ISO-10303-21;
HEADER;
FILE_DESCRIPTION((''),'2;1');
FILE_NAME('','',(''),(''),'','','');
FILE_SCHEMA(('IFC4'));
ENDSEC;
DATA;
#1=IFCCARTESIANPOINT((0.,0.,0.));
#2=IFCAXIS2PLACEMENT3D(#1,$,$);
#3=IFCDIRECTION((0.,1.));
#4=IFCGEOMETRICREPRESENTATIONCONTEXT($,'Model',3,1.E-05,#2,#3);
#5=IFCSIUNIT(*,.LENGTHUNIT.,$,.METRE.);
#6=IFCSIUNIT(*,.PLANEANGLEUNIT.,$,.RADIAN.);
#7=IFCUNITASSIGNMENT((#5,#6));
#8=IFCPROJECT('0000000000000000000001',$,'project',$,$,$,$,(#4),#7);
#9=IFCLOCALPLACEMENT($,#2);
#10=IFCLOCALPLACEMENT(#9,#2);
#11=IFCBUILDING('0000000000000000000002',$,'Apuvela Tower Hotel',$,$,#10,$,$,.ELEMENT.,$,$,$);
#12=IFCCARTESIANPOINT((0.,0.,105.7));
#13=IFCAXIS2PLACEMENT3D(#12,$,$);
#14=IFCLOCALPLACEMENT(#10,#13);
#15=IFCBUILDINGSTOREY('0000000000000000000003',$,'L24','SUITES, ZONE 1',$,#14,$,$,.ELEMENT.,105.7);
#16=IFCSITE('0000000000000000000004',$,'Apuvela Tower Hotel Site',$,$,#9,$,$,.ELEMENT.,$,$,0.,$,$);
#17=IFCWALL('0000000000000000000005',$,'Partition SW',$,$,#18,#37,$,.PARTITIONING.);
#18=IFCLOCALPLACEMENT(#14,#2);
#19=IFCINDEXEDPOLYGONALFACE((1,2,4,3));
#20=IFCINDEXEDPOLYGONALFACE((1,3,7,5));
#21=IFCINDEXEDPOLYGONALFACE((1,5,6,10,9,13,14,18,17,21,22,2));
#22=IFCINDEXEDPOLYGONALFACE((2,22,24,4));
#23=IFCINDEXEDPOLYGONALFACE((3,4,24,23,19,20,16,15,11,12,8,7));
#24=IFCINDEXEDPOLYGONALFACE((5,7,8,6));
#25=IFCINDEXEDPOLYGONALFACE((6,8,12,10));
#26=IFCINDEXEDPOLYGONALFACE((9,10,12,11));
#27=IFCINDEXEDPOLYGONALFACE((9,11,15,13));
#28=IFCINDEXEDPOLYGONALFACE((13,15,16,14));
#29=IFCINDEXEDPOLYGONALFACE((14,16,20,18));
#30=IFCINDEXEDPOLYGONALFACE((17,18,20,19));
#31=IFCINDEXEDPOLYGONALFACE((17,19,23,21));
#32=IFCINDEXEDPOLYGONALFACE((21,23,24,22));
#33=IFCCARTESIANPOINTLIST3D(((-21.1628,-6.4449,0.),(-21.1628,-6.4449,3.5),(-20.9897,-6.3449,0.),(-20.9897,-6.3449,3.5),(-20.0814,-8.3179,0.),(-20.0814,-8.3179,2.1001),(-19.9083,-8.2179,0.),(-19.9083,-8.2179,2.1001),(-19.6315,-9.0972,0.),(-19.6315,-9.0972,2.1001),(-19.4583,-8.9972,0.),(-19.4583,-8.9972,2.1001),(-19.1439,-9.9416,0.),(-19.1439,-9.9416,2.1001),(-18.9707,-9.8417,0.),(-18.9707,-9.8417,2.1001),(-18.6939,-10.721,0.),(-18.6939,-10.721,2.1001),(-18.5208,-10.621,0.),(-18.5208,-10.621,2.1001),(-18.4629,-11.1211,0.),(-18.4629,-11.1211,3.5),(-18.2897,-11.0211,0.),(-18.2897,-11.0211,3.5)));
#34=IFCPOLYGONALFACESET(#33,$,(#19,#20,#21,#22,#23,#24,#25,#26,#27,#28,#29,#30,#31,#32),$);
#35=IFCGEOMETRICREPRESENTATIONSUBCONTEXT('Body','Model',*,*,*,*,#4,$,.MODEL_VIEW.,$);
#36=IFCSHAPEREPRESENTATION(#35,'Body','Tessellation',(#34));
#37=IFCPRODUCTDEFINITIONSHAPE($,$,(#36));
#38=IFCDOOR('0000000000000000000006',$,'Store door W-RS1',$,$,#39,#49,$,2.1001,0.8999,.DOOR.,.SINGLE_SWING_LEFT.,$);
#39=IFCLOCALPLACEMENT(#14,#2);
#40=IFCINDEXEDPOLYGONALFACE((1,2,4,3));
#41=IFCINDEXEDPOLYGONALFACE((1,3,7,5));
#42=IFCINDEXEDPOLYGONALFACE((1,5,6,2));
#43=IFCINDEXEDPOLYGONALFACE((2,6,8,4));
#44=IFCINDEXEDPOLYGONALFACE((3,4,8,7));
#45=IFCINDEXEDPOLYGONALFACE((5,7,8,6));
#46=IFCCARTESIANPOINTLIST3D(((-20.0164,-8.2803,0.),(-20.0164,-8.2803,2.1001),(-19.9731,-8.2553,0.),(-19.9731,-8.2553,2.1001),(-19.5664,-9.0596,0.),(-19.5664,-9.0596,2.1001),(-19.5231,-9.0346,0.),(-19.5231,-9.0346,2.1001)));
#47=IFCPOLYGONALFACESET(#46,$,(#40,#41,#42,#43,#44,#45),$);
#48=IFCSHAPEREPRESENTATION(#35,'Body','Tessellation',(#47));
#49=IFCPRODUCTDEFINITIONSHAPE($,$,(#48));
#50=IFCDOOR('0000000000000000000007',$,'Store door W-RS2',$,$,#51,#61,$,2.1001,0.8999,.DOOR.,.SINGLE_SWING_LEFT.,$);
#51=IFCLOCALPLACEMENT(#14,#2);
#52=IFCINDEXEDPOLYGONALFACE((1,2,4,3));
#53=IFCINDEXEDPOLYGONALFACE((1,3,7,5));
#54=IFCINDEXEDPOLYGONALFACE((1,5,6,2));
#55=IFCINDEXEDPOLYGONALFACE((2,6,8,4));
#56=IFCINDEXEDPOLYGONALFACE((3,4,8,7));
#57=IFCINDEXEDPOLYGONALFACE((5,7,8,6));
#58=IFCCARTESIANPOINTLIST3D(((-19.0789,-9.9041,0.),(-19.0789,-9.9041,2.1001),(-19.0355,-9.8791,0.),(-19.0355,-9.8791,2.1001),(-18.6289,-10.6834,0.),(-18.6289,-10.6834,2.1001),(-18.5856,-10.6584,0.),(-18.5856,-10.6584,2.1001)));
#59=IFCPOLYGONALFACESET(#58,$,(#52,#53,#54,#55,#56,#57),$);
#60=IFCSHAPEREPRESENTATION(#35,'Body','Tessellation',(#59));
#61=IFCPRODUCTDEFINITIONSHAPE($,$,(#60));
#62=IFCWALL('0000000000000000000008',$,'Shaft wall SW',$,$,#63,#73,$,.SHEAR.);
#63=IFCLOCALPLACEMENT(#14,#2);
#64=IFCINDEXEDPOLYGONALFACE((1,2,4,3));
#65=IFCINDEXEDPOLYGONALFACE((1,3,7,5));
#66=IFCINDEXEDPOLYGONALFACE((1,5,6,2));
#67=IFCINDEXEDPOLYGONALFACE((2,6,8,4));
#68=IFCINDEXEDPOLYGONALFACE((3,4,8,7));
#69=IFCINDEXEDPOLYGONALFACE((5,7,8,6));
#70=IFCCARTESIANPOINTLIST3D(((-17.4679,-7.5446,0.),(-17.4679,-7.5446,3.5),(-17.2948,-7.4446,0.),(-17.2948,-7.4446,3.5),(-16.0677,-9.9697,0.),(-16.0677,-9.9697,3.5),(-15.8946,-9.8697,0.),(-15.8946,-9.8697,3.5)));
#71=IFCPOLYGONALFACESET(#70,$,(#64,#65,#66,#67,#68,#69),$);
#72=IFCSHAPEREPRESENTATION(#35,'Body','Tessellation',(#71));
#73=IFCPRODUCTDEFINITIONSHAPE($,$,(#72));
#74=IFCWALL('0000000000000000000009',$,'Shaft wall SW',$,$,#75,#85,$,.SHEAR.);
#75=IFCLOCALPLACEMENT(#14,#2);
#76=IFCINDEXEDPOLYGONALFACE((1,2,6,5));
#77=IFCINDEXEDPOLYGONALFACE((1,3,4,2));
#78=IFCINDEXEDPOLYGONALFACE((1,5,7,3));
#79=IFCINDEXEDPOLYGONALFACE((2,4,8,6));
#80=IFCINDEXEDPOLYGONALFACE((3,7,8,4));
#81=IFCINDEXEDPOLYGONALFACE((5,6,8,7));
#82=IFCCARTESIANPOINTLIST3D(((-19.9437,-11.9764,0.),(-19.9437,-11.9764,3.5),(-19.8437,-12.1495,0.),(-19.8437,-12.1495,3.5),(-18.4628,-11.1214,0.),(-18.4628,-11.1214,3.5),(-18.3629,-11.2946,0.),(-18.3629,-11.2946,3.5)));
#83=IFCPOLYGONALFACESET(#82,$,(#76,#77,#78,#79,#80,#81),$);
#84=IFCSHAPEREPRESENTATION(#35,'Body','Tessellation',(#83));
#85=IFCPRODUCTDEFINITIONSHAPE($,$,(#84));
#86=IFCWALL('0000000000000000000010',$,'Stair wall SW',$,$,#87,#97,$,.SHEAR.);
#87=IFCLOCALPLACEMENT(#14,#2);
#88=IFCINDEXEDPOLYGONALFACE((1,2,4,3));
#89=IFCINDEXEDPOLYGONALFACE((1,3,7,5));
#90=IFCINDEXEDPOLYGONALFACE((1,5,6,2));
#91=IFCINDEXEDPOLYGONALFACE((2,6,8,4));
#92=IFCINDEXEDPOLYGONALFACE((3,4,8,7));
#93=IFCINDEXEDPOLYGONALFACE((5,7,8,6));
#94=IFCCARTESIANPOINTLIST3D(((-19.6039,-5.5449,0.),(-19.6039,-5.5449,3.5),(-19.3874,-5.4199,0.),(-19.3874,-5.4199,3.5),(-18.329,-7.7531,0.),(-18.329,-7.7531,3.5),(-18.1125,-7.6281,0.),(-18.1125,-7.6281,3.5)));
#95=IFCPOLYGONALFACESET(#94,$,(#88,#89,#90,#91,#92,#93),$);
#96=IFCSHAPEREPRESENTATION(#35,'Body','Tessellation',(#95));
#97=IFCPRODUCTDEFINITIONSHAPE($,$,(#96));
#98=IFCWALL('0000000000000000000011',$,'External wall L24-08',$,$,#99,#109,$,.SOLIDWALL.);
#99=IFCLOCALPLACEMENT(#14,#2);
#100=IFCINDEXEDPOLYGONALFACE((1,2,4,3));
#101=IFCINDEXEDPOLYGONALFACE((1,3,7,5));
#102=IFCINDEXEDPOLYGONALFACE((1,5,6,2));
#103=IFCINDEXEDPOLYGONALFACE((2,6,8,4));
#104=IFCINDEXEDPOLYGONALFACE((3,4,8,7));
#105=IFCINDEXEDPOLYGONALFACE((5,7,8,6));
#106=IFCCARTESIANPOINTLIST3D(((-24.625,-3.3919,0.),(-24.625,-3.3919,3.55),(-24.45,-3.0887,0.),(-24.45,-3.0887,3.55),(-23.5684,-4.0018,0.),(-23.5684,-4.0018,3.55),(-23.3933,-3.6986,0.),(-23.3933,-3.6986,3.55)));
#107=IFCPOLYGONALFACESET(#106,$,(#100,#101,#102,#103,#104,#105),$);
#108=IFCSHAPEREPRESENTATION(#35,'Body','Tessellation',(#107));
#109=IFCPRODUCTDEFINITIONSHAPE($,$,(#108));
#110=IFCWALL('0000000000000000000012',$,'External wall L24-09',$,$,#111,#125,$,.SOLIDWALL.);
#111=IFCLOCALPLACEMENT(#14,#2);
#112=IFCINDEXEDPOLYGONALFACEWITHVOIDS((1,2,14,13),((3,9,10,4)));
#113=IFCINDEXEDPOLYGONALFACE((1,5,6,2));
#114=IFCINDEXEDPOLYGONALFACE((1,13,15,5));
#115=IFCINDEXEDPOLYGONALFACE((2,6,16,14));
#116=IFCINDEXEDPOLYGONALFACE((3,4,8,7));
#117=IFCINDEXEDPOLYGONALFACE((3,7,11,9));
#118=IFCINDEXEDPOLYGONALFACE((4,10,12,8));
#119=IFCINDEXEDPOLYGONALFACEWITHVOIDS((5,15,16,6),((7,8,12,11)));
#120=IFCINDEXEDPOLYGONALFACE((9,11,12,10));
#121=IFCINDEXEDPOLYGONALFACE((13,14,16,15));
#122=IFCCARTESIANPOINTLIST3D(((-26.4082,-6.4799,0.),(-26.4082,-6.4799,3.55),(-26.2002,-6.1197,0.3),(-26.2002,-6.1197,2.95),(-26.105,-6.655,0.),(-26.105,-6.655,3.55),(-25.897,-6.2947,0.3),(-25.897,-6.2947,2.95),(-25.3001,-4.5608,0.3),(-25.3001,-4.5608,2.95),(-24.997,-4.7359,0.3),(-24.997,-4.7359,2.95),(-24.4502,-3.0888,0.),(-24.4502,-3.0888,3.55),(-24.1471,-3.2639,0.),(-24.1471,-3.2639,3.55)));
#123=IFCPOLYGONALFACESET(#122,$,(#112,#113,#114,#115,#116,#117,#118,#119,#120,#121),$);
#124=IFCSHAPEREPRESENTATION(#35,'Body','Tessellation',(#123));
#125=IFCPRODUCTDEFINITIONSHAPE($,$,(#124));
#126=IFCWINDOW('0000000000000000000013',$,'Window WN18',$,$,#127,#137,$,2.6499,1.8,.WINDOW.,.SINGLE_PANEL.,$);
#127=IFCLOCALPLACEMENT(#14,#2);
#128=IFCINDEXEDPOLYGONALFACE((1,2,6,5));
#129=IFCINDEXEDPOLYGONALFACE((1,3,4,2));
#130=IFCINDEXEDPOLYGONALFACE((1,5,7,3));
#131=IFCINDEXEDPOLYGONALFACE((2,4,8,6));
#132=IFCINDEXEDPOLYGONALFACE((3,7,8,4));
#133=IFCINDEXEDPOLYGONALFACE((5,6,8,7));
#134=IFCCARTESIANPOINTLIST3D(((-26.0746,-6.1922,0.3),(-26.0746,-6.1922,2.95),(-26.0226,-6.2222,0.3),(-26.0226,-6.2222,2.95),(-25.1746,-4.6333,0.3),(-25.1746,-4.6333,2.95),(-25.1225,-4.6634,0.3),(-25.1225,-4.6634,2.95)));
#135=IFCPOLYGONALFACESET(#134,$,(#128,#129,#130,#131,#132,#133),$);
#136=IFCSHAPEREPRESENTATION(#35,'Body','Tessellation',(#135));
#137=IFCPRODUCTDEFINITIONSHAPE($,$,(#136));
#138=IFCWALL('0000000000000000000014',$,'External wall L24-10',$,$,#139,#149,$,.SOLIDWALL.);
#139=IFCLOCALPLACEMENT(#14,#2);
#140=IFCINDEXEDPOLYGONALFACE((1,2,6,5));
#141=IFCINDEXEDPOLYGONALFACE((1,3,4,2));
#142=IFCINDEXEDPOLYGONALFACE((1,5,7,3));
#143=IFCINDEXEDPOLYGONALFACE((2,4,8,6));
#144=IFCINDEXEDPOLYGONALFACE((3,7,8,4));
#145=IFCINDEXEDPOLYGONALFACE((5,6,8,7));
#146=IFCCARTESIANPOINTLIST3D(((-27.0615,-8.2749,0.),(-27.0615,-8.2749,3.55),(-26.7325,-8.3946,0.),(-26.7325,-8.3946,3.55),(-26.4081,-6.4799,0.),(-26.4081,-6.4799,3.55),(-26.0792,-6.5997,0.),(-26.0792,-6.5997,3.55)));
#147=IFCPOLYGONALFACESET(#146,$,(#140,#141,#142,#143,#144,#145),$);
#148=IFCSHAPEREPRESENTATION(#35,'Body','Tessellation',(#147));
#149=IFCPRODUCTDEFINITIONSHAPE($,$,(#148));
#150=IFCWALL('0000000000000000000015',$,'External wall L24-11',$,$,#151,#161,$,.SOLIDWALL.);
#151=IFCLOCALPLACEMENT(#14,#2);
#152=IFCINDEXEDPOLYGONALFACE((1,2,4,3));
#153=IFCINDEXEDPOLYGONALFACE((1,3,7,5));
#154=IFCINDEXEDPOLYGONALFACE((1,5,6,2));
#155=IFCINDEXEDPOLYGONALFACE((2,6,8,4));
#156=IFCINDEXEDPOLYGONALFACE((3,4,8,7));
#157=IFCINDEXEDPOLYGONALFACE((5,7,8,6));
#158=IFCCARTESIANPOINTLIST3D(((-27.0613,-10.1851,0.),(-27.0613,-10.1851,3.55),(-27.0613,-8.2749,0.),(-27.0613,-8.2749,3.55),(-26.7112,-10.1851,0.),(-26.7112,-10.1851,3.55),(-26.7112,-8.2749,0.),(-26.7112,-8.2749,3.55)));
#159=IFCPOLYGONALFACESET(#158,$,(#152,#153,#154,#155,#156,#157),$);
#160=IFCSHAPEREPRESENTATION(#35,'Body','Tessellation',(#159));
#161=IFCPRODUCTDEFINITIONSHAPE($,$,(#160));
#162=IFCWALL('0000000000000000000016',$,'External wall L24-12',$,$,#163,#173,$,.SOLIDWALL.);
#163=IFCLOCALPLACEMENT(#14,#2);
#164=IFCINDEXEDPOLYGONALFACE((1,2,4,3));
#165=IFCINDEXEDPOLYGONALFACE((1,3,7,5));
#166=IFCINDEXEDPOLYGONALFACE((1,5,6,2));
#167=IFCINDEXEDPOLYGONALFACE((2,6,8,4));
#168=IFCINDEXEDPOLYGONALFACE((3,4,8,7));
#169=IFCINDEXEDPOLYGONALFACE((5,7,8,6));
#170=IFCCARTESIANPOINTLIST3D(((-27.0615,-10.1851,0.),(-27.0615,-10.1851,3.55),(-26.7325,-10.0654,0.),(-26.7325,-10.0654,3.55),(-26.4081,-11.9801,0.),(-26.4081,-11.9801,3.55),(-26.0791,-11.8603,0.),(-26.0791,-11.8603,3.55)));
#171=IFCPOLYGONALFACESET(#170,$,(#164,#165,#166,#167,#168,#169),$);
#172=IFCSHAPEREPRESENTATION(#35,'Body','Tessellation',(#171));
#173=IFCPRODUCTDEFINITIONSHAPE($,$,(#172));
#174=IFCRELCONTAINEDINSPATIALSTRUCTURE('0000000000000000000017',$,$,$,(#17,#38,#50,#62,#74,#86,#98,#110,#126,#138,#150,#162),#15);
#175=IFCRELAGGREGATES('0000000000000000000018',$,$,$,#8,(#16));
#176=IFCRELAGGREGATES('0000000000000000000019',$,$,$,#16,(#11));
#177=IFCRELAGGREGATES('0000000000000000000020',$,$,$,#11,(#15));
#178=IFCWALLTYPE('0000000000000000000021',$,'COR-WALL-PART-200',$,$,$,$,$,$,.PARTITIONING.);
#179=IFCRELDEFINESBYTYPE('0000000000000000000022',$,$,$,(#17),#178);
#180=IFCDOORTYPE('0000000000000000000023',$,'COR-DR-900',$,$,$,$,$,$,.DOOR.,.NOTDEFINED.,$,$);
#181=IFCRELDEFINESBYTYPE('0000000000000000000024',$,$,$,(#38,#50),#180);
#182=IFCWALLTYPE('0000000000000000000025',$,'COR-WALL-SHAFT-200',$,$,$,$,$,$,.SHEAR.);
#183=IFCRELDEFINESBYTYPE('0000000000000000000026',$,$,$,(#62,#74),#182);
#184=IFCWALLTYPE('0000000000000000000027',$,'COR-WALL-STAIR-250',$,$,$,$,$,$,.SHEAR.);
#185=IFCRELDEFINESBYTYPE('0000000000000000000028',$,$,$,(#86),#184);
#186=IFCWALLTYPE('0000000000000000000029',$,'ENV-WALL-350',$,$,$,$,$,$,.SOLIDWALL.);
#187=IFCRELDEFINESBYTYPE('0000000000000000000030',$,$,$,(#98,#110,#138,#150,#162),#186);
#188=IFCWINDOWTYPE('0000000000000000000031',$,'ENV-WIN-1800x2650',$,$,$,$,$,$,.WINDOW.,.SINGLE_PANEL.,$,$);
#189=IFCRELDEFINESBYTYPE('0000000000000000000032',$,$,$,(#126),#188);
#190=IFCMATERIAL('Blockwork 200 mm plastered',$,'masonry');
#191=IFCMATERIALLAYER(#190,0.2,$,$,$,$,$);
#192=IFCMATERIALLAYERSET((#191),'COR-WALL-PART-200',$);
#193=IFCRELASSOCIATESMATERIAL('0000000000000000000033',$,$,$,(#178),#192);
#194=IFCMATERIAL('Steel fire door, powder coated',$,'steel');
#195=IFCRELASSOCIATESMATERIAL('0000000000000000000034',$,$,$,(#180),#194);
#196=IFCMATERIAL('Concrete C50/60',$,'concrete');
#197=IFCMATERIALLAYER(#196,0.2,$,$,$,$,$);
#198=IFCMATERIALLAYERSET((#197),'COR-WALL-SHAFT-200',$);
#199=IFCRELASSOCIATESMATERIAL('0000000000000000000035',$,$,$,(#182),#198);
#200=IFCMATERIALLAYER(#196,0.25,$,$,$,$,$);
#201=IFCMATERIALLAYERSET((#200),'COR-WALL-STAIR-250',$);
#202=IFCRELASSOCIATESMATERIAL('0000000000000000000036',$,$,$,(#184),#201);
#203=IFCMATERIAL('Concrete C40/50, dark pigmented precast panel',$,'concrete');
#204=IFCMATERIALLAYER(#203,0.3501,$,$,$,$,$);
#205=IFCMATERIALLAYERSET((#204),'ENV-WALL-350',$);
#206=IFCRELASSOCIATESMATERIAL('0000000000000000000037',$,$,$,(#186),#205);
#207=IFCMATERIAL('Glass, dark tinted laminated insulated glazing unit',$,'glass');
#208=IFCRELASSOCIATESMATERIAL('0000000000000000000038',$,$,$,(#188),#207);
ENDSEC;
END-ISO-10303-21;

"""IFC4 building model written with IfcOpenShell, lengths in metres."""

from ifc_helpers import new_model, si_unit, direction, frame, frame_2d, origin, place, context, subcontext, project, spatial, rectangle, extrude, material, layer, layer_set, type_object, element, fill, save


model = new_model("IFC4")

# Units and contexts
model_context = context("Model", 3, precision=1e-05, world=origin(), true_north=direction((0.0, 1.0)))
body_context = subcontext(model_context, "Body", "Model", "MODEL_VIEW")
ifc_project = project(units=[si_unit("LENGTHUNIT", "METRE"), si_unit("PLANEANGLEUNIT", "RADIAN")], contexts=[model_context])

# Site, building, storey
site_placement = place(None, origin())
site = spatial("IfcSite", under=ifc_project, at=site_placement, Name="Apuvela Tower Hotel Site", CompositionType="ELEMENT", RefElevation=0.0)
building_placement = place(site_placement, origin())
building = spatial("IfcBuilding", under=site, at=building_placement, Name="Apuvela Tower Hotel", CompositionType="ELEMENT")
storey_placement = place(building_placement, frame((0.0, 0.0, 105.7)))
storey = spatial("IfcBuildingStorey", under=building, at=storey_placement, Name="L24", Description="SUITES, ZONE 1", CompositionType="ELEMENT", Elevation=105.7)

# Wall, openings, doors
ifc_material_1 = material(Name="Blockwork 200 mm plastered", Category="masonry")
ifc_layer_1 = layer(ifc_material_1, 0.2)
ifc_layer_set_1 = layer_set([ifc_layer_1], Name="COR-WALL-PART-200")
wall_type_1 = type_object("IfcWallType", Name="COR-WALL-PART-200", PredefinedType="PARTITIONING", material=ifc_layer_set_1)
wall_1_placement = place(storey_placement, frame((-21.0762, -6.395, 0.0), z_axis=(0.0, 0.0, 1.0), x_axis=(0.500015, -0.866017, 0.0)))
wall_1 = element("IfcWall", 1, at=wall_1_placement, inside=storey, type_object=wall_type_1, Name="Partition SW", PredefinedType="PARTITIONING", context=body_context, shape_type="SweptSolid", body=[
    extrude(rectangle(XDim=5.3997, YDim=0.2, at=frame_2d((2.6997, 0.0))), origin(), (0.0, 0.0, 1.0), 3.5),
])
opening_1_placement = place(wall_1_placement, frame((2.1626, 0.0, 0.0)))
opening_1 = element("IfcOpeningElement", 2, at=opening_1_placement, cuts=wall_1, PredefinedType="OPENING", context=body_context, shape_type="SweptSolid", body=[
    extrude(rectangle(XDim=0.8999, YDim=2.1001, at=frame_2d((0.45, 1.05))), frame((0.0, 0.1099, 0.0), z_axis=(0.0, -1.0, 0.0), x_axis=(1.0, 0.0, 0.0)), (0.0, 0.0, 1.0), 0.22),
])
opening_2_placement = place(wall_1_placement, frame((4.0376, 0.0, 0.0)))
opening_2 = element("IfcOpeningElement", 3, at=opening_2_placement, cuts=wall_1, PredefinedType="OPENING", context=body_context, shape_type="SweptSolid", body=[
    extrude(rectangle(XDim=0.8999, YDim=2.1001, at=frame_2d((0.45, 1.05))), frame((0.0, 0.1099, 0.0), z_axis=(0.0, -1.0, 0.0), x_axis=(1.0, 0.0, 0.0)), (0.0, 0.0, 1.0), 0.22),
])
ifc_material_2 = material(Name="Steel fire door, powder coated", Category="steel")
door_type_1 = type_object("IfcDoorType", Name="COR-DR-900", OperationType="NOTDEFINED", PredefinedType="DOOR", material=ifc_material_2)
door_1_placement = place(opening_1_placement, frame((0.8999, 0.0, 0.0), z_axis=(0.0, 0.0, 1.0), x_axis=(-1.0, 0.0, 0.0)))
door_1 = element("IfcDoor", 4, at=door_1_placement, inside=storey, type_object=door_type_1, Name="Store door W-RS1", OperationType="SINGLE_SWING_LEFT", OverallHeight=2.1001, OverallWidth=0.8999, PredefinedType="DOOR", context=body_context, shape_type="SweptSolid", body=[
    extrude(rectangle(XDim=0.8999, YDim=2.1001, at=frame_2d((0.45, 1.05))), frame((0.0, 0.0249, 0.0), z_axis=(0.0, -1.0, 0.0), x_axis=(1.0, 0.0, 0.0)), (0.0, 0.0, 1.0), 0.05),
])
fill(opening_1, door_1)
door_2_placement = place(opening_2_placement, frame((0.8999, 0.0, 0.0), z_axis=(0.0, 0.0, 1.0), x_axis=(-1.0, 0.0, 0.0)))
door_2 = element("IfcDoor", 5, at=door_2_placement, inside=storey, type_object=door_type_1, Name="Store door W-RS2", OperationType="SINGLE_SWING_LEFT", OverallHeight=2.1001, OverallWidth=0.8999, PredefinedType="DOOR", context=body_context, shape_type="SweptSolid", body=[
    extrude(rectangle(XDim=0.8999, YDim=2.1001, at=frame_2d((0.45, 1.05))), frame((0.0, 0.0249, 0.0), z_axis=(0.0, -1.0, 0.0), x_axis=(1.0, 0.0, 0.0)), (0.0, 0.0, 1.0), 0.05),
])
fill(opening_2, door_2)

# Walls
ifc_material_3 = material(Name="Concrete C50/60", Category="concrete")
ifc_layer_2 = layer(ifc_material_3, 0.2)
ifc_layer_set_2 = layer_set([ifc_layer_2], Name="COR-WALL-SHAFT-200")
wall_type_2 = type_object("IfcWallType", Name="COR-WALL-SHAFT-200", PredefinedType="SHEAR", material=ifc_layer_set_2)
wall_2_placement = place(storey_placement, frame((-17.3813, -7.4946, 0.0), z_axis=(0.0, 0.0, 1.0), x_axis=(0.500012, -0.866019, 0.0)))
element("IfcWall", 6, at=wall_2_placement, inside=storey, type_object=wall_type_2, Name="Shaft wall SW", PredefinedType="SHEAR", context=body_context, shape_type="SweptSolid", body=[
    extrude(rectangle(XDim=2.8003, YDim=0.2, at=frame_2d((1.4001, 0.0))), origin(), (0.0, 0.0, 1.0), 3.5),
])
wall_3_placement = place(storey_placement, frame((-18.4128, -11.208, 0.0), z_axis=(0.0, 0.0, 1.0), x_axis=(-0.866038, -0.499978, 0.0)))
element("IfcWall", 7, at=wall_3_placement, inside=storey, type_object=wall_type_2, Name="Shaft wall SW", PredefinedType="SHEAR", context=body_context, shape_type="SweptSolid", body=[
    extrude(rectangle(XDim=1.71, YDim=0.2, at=frame_2d((0.855, 0.0))), origin(), (0.0, 0.0, 1.0), 3.5),
])
ifc_layer_3 = layer(ifc_material_3, 0.25)
ifc_layer_set_3 = layer_set([ifc_layer_3], Name="COR-WALL-STAIR-250")
wall_type_3 = type_object("IfcWallType", Name="COR-WALL-STAIR-250", PredefinedType="SHEAR", material=ifc_layer_set_3)
wall_4_placement = place(storey_placement, frame((-19.4956, -5.4824, 0.0), z_axis=(0.0, 0.0, 1.0), x_axis=(0.49999, -0.866031, 0.0)))
element("IfcWall", 8, at=wall_4_placement, inside=storey, type_object=wall_type_3, Name="Stair wall SW", PredefinedType="SHEAR", context=body_context, shape_type="SweptSolid", body=[
    extrude(rectangle(XDim=2.5498, YDim=0.25, at=frame_2d((1.2749, 0.0))), origin(), (0.0, 0.0, 1.0), 3.5),
])
ifc_material_4 = material(Name="Concrete C40/50, dark pigmented precast panel", Category="concrete")
ifc_layer_4 = layer(ifc_material_4, 0.3501)
ifc_layer_set_4 = layer_set([ifc_layer_4], Name="ENV-WALL-350")
wall_type_4 = type_object("IfcWallType", Name="ENV-WALL-350", PredefinedType="SOLIDWALL", material=ifc_layer_set_4)
wall_5_placement = place(storey_placement, frame((-23.481, -3.8501, 0.0), z_axis=(0.0, 0.0, 1.0), x_axis=(-0.866092, 0.499884, 0.0)))
element("IfcWall", 9, at=wall_5_placement, inside=storey, type_object=wall_type_4, Name="External wall L24-08", PredefinedType="SOLIDWALL", context=body_context, shape_type="SweptSolid", body=[
    extrude(rectangle(XDim=1.22, YDim=0.3501, at=frame_2d((0.6099, 0.0))), origin(), (0.0, 0.0, 1.0), 3.55),
])

# Wall, opening, window
wall_6_placement = place(storey_placement, frame((-24.2986, -3.1763, 0.0), z_axis=(0.0, 0.0, 1.0), x_axis=(-0.500028, -0.866009, 0.0)))
wall_6 = element("IfcWall", 10, at=wall_6_placement, inside=storey, type_object=wall_type_4, Name="External wall L24-09", PredefinedType="SOLIDWALL", context=body_context, shape_type="SweptSolid", body=[
    extrude(rectangle(XDim=3.9158, YDim=0.3501, at=frame_2d((1.958, 0.0))), origin(), (0.0, 0.0, 1.0), 3.55),
])
opening_3_placement = place(wall_6_placement, frame((1.7, 0.0, 0.3)))
opening_3 = element("IfcOpeningElement", 11, at=opening_3_placement, cuts=wall_6, PredefinedType="OPENING", context=body_context, shape_type="SweptSolid", body=[
    extrude(rectangle(XDim=1.8, YDim=2.6499, at=frame_2d((0.8999, 1.325))), frame((0.0, 0.1851, 0.0), z_axis=(0.0, -1.0, 0.0), x_axis=(1.0, 0.0, 0.0)), (0.0, 0.0, 1.0), 0.3701),
])
ifc_material_5 = material(Name="Glass, dark tinted laminated insulated glazing unit", Category="glass")
window_type = type_object("IfcWindowType", Name="ENV-WIN-1800x2650", PartitioningType="SINGLE_PANEL", PredefinedType="WINDOW", material=ifc_material_5)
window_placement = place(opening_3_placement, origin())
window = element("IfcWindow", 12, at=window_placement, inside=storey, type_object=window_type, Name="Window WN18", OverallHeight=2.6499, OverallWidth=1.8, PartitioningType="SINGLE_PANEL", PredefinedType="WINDOW", context=body_context, shape_type="SweptSolid", body=[
    extrude(rectangle(XDim=1.8, YDim=2.6499, at=frame_2d((0.8999, 1.325))), frame((0.0, 0.03, 0.0), z_axis=(0.0, -1.0, 0.0), x_axis=(1.0, 0.0, 0.0)), (0.0, 0.0, 1.0), 0.0601),
])
fill(opening_3, window)

# Walls
for number, where, z_axis, x_axis, name in (
    (13, (-26.2437, -6.5398, 0.0), (0.0, 0.0, 1.0), (-0.34203, -0.939689, 0.0), "External wall L24-10"),
    (14, (-26.8862, -8.2749, 0.0), (0.0, 0.0, 1.0), (0.0, -1.0, 0.0), "External wall L24-11"),
    (15, (-26.897, -10.1252, 0.0), (0.0, 0.0, 1.0), (0.34203, -0.939689, 0.0), "External wall L24-12"),
):
    element("IfcWall", number, at=place(storey_placement, frame(where, z_axis=z_axis, x_axis=x_axis)), inside=storey, type_object=wall_type_4, Name=name, PredefinedType="SOLIDWALL", context=body_context, shape_type="SweptSolid", body=[
        extrude(rectangle(XDim=1.9102, YDim=0.3501, at=frame_2d((0.9551, 0.0))), origin(), (0.0, 0.0, 1.0), 3.55),
    ])

save(model, "model.ifc")
